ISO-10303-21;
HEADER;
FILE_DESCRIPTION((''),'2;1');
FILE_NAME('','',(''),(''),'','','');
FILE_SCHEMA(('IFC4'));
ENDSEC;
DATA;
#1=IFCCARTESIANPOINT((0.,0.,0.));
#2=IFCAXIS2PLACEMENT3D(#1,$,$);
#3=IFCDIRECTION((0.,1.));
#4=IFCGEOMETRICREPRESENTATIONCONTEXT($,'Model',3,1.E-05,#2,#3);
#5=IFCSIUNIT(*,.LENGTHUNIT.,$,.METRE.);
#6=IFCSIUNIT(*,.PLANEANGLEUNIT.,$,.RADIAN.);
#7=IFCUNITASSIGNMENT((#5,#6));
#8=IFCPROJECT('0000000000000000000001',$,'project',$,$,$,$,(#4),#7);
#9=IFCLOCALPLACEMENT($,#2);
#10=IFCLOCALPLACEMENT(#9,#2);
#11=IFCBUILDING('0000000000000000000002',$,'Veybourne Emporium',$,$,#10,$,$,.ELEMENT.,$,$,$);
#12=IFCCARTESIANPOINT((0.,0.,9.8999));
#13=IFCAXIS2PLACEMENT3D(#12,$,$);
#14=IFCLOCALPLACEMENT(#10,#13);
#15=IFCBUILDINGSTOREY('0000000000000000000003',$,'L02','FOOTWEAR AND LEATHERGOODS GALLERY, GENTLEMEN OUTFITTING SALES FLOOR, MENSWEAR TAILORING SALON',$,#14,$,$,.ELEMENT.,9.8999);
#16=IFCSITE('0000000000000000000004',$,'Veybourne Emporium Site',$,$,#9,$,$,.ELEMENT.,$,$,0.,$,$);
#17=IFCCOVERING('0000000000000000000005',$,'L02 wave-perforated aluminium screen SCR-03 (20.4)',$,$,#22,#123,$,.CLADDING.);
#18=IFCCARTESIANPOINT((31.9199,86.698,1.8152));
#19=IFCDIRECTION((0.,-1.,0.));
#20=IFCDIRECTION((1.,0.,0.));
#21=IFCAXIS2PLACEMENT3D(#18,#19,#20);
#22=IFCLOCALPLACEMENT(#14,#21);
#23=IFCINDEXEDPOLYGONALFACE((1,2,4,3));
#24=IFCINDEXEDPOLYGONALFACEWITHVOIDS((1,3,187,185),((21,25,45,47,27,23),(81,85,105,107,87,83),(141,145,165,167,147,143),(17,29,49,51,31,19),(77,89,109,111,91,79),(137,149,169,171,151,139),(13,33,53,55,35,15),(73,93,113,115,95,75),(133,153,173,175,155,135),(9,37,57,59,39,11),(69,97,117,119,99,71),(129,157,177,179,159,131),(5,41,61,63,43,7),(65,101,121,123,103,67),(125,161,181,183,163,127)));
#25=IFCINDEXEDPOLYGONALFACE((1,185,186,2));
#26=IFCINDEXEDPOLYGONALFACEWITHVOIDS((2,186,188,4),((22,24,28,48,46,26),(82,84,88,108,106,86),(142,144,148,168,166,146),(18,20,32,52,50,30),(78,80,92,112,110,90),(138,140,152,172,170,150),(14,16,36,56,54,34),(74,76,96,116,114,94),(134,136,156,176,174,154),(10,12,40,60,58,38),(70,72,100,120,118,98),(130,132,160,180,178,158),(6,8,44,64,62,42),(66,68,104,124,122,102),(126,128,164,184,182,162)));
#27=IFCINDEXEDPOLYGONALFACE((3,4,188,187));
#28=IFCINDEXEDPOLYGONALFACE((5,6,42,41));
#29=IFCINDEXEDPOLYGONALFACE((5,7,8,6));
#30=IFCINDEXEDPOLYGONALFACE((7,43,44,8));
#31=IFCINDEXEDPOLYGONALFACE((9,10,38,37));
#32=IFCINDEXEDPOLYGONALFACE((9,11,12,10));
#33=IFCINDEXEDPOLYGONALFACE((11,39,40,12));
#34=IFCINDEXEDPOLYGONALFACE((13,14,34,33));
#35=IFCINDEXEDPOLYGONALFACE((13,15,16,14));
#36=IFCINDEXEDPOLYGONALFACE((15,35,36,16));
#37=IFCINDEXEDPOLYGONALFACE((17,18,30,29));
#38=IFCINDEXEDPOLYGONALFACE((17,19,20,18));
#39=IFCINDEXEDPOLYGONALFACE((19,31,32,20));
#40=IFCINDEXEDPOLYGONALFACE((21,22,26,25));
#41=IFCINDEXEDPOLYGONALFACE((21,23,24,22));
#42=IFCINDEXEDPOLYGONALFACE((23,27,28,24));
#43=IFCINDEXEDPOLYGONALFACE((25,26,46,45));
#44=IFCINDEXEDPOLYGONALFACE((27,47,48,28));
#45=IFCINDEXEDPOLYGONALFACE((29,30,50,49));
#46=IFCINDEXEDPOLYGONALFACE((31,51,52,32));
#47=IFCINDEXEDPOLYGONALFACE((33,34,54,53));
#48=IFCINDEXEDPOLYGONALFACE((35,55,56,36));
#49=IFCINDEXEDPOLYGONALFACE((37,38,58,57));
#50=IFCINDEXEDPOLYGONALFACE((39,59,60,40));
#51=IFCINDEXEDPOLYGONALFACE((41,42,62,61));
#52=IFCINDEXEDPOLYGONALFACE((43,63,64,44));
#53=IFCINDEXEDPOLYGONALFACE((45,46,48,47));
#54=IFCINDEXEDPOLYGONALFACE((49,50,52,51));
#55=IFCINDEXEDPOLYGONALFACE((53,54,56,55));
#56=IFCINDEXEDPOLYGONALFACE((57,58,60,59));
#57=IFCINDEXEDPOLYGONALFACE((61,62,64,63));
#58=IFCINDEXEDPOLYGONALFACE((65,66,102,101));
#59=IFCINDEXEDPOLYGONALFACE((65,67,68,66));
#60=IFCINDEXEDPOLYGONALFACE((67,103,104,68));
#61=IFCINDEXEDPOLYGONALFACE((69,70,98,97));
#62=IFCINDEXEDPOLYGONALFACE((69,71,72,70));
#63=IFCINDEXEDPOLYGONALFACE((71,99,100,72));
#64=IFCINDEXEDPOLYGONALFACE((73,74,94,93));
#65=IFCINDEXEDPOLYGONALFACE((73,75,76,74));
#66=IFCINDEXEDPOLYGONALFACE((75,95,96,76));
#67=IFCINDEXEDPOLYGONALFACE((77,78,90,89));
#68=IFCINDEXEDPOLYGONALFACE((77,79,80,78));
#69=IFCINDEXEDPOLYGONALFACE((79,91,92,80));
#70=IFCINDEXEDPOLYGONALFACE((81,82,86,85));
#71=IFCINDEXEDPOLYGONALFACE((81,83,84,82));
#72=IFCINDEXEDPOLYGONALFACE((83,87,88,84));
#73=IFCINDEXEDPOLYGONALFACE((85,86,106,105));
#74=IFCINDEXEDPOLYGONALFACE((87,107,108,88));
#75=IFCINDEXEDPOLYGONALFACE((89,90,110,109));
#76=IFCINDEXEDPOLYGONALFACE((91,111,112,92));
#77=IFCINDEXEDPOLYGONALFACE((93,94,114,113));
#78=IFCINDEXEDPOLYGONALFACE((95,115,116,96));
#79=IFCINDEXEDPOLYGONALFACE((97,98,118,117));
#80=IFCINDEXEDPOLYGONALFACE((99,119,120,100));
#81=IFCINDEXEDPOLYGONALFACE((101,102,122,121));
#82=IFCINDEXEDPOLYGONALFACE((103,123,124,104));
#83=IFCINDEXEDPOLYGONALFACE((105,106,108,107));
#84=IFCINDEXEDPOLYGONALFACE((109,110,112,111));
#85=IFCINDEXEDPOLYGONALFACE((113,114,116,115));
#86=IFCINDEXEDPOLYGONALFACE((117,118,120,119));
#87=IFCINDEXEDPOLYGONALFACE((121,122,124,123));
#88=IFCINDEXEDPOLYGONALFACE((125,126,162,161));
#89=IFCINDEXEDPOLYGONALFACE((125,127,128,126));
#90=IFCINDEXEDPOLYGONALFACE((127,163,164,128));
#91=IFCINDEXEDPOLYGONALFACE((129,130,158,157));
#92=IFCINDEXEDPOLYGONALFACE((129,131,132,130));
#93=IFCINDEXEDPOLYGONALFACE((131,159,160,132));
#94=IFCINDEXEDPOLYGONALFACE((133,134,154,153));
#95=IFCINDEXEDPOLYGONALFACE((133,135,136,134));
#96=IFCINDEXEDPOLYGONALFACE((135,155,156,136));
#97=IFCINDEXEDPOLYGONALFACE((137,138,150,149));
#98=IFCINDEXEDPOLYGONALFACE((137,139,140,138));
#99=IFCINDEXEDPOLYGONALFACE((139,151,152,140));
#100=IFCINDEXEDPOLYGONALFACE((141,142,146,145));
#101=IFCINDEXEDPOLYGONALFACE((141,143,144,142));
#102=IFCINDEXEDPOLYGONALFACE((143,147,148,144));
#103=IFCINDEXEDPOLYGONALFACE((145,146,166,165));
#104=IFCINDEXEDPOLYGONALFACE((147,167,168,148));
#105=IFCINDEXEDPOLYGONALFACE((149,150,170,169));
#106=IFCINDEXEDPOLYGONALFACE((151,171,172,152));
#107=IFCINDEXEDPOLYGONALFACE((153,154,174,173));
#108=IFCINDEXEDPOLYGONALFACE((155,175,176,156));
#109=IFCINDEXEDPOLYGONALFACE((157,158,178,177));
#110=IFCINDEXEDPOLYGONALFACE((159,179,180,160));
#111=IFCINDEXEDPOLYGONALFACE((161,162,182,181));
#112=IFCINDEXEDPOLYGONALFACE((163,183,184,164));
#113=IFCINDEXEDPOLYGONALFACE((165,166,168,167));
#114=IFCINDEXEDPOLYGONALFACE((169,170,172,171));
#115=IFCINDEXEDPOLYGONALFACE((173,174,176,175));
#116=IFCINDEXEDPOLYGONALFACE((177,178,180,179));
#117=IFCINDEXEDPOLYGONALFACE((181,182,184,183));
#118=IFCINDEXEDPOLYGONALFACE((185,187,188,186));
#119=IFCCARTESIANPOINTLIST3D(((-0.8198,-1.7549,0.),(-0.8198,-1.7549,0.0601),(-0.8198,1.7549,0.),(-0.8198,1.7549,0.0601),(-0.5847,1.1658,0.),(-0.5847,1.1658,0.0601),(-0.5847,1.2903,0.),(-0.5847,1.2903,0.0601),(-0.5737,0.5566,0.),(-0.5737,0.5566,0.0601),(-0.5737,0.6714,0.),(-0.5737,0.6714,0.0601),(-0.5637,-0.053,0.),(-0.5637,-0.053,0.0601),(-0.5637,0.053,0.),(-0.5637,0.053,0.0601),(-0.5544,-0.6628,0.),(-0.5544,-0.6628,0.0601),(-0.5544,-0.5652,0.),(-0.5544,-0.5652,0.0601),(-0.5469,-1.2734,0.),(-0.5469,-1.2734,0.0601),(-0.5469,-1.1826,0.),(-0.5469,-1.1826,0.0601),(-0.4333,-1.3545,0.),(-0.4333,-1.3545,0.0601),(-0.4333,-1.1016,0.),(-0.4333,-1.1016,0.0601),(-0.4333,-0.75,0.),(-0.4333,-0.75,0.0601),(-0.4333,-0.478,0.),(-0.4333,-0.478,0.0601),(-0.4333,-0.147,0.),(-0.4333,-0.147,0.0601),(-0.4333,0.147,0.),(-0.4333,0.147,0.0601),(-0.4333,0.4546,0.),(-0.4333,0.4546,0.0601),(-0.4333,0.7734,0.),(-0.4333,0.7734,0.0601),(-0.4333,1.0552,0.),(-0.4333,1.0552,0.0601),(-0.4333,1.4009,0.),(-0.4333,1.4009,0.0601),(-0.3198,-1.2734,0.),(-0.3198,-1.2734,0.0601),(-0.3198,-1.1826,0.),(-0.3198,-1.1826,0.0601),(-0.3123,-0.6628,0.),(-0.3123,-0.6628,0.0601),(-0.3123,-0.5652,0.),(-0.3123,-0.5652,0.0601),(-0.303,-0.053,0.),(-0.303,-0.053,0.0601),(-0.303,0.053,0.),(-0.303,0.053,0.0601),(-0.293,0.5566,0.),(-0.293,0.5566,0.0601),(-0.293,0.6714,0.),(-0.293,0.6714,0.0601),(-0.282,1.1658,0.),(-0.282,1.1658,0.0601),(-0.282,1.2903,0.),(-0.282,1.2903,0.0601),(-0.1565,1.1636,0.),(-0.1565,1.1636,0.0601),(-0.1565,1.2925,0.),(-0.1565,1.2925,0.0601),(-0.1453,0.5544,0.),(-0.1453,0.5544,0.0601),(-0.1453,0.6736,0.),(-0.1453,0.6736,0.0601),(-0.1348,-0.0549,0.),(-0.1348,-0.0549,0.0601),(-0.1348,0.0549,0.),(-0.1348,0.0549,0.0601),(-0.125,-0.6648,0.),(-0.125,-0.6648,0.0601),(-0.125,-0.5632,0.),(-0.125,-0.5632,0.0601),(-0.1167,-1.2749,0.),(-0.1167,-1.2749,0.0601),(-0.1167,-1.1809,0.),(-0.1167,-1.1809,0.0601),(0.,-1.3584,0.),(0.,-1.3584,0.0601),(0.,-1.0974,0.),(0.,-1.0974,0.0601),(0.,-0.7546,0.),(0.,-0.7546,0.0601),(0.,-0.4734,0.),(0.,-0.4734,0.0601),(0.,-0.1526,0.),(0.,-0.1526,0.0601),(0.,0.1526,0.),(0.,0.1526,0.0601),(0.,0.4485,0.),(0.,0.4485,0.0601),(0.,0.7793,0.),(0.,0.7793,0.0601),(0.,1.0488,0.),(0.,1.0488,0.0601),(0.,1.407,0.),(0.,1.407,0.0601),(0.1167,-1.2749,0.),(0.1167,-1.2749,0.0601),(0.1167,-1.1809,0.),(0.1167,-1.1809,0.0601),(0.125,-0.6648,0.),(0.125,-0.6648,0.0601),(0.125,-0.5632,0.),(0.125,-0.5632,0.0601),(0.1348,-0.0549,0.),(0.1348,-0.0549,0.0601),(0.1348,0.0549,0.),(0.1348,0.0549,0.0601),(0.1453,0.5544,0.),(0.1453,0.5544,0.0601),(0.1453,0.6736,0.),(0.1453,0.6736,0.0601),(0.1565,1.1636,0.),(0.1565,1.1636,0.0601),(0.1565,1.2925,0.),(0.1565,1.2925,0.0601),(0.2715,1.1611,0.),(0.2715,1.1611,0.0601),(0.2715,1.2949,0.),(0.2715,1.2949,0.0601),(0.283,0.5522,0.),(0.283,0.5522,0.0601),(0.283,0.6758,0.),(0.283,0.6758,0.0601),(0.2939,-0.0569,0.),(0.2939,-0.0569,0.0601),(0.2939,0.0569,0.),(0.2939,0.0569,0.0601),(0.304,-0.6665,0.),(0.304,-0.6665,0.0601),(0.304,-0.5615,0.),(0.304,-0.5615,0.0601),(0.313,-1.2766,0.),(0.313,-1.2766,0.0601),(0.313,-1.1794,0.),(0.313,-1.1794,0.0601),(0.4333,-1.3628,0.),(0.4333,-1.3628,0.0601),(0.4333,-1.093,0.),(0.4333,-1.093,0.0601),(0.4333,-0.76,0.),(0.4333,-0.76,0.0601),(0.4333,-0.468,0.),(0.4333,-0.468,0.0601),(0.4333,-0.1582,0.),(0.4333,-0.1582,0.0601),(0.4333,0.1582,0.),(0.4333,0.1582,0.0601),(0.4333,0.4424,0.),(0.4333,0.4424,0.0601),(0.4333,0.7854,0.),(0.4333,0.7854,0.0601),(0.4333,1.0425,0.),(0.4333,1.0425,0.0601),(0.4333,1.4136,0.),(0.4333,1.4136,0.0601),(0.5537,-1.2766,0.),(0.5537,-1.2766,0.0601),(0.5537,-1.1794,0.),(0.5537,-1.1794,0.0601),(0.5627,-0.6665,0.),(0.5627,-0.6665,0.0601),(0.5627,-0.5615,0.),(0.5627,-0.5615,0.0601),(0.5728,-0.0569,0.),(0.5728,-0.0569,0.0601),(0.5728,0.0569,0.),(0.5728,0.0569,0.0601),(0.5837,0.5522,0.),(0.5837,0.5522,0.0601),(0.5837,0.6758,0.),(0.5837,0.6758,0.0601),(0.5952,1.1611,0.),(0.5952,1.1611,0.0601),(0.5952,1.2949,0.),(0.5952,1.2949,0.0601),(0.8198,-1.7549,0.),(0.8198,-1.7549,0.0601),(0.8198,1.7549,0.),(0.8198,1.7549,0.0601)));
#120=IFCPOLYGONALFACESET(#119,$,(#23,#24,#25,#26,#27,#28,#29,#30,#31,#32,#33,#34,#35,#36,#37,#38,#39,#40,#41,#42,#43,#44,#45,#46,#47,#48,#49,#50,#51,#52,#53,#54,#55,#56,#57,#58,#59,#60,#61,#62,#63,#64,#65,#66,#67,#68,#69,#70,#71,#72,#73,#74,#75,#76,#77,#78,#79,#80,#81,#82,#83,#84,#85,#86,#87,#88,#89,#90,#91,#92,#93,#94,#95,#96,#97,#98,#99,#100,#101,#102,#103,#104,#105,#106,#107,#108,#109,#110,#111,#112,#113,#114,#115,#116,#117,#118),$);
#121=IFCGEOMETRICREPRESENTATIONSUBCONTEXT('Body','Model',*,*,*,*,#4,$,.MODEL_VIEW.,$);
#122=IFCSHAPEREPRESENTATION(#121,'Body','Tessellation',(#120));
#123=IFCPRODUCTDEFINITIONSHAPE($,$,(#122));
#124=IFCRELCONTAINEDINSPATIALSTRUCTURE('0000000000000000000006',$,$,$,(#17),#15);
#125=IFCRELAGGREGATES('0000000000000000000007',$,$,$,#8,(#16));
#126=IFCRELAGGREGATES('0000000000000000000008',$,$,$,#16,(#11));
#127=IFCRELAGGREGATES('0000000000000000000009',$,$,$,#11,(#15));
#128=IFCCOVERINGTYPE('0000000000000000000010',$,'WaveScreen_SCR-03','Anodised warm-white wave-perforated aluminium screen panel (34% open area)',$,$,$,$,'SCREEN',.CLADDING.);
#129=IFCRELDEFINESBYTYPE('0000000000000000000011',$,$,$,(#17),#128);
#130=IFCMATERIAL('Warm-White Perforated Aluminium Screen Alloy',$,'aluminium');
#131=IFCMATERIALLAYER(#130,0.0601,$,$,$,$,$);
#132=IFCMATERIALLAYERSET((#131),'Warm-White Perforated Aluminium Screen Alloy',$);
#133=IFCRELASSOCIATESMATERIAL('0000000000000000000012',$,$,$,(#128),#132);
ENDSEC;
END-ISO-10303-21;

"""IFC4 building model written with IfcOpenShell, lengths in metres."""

from ifc_helpers import new_model, si_unit, direction, frame, origin, place, context, subcontext, project, spatial, polyline, outline, extrude, material, layer, layer_set, type_object, element, save


model = new_model("IFC4")

# Units and contexts
model_context = context("Model", 3, precision=1e-05, world=origin(), true_north=direction((0.0, 1.0)))
body_context = subcontext(model_context, "Body", "Model", "MODEL_VIEW")
ifc_project = project(units=[si_unit("LENGTHUNIT", "METRE"), si_unit("PLANEANGLEUNIT", "RADIAN")], contexts=[model_context])

# Site, building, storey
site_placement = place(None, origin())
site = spatial("IfcSite", under=ifc_project, at=site_placement, Name="Veybourne Emporium Site", CompositionType="ELEMENT", RefElevation=0.0)
building_placement = place(site_placement, origin())
building = spatial("IfcBuilding", under=site, at=building_placement, Name="Veybourne Emporium", CompositionType="ELEMENT")
storey_placement = place(building_placement, frame((0.0, 0.0, 9.8999)))
storey = spatial("IfcBuildingStorey", under=building, at=storey_placement, Name="L02", Description="FOOTWEAR AND LEATHERGOODS GALLERY, GENTLEMEN OUTFITTING SALES FLOOR, MENSWEAR TAILORING SALON", CompositionType="ELEMENT", Elevation=9.8999)

# Covering
ifc_material_1 = material(Name="Warm-White Perforated Aluminium Screen Alloy", Category="aluminium")
ifc_layer_1 = layer(ifc_material_1, 0.0601)
ifc_layer_set_1 = layer_set([ifc_layer_1], Name="Warm-White Perforated Aluminium Screen Alloy")
covering_type_1 = type_object("IfcCoveringType", Name="WaveScreen_SCR-03", Description="Anodised warm-white wave-perforated aluminium screen panel (34% open area)", ElementType="SCREEN", PredefinedType="CLADDING", material=ifc_layer_set_1)
covering_1_placement = place(storey_placement, frame((31.9199, 86.698, 1.8152), z_axis=(0.0, -1.0, 0.0), x_axis=(1.0, 0.0, 0.0)))
element("IfcCovering", 1, at=covering_1_placement, inside=storey, type_object=covering_type_1, Name="L02 wave-perforated aluminium screen SCR-03 (20.4)", PredefinedType="CLADDING", context=body_context, shape_type="SweptSolid", body=[
    extrude(outline(polyline([(-0.8198, -1.7549), (0.8198, -1.7549), (0.8198, 1.7549), (-0.8198, 1.7549), (-0.8198, -1.7549)]), holes=[polyline([(-0.4333, -1.1016), (-0.3198, -1.1826), (-0.3198, -1.2734), (-0.4333, -1.3545), (-0.5469, -1.2734), (-0.5469, -1.1826), (-0.4333, -1.1016)]), polyline([(-0.4333, -0.478), (-0.3123, -0.5652), (-0.3123, -0.6628), (-0.4333, -0.75), (-0.5544, -0.6628), (-0.5544, -0.5652), (-0.4333, -0.478)]), polyline([(-0.4333, 0.147), (-0.303, 0.053), (-0.303, -0.053), (-0.4333, -0.147), (-0.5637, -0.053), (-0.5637, 0.053), (-0.4333, 0.147)]), polyline([(-0.4333, 0.7734), (-0.293, 0.6714), (-0.293, 0.5566), (-0.4333, 0.4546), (-0.5737, 0.5566), (-0.5737, 0.6714), (-0.4333, 0.7734)]), polyline([(-0.4333, 1.4009), (-0.282, 1.2903), (-0.282, 1.1658), (-0.4333, 1.0552), (-0.5847, 1.1658), (-0.5847, 1.2903), (-0.4333, 1.4009)]), polyline([(0.0, -1.0974), (0.1167, -1.1809), (0.1167, -1.2749), (0.0, -1.3584), (-0.1167, -1.2749), (-0.1167, -1.1809), (0.0, -1.0974)]), polyline([(0.0, -0.4734), (0.125, -0.5632), (0.125, -0.6648), (0.0, -0.7546), (-0.125, -0.6648), (-0.125, -0.5632), (0.0, -0.4734)]), polyline([(0.0, 0.1526), (0.1348, 0.0549), (0.1348, -0.0549), (0.0, -0.1526), (-0.1348, -0.0549), (-0.1348, 0.0549), (0.0, 0.1526)]), polyline([(0.0, 0.7793), (0.1453, 0.6736), (0.1453, 0.5544), (0.0, 0.4485), (-0.1453, 0.5544), (-0.1453, 0.6736), (0.0, 0.7793)]), polyline([(0.0, 1.407), (0.1565, 1.2925), (0.1565, 1.1636), (0.0, 1.0488), (-0.1565, 1.1636), (-0.1565, 1.2925), (0.0, 1.407)]), polyline([(0.4333, -1.093), (0.5537, -1.1794), (0.5537, -1.2766), (0.4333, -1.3628), (0.313, -1.2766), (0.313, -1.1794), (0.4333, -1.093)]), polyline([(0.4333, -0.468), (0.5627, -0.5615), (0.5627, -0.6665), (0.4333, -0.76), (0.304, -0.6665), (0.304, -0.5615), (0.4333, -0.468)]), polyline([(0.4333, 0.1582), (0.5728, 0.0569), (0.5728, -0.0569), (0.4333, -0.1582), (0.2939, -0.0569), (0.2939, 0.0569), (0.4333, 0.1582)]), polyline([(0.4333, 0.7854), (0.5837, 0.6758), (0.5837, 0.5522), (0.4333, 0.4424), (0.283, 0.5522), (0.283, 0.6758), (0.4333, 0.7854)]), polyline([(0.4333, 1.4136), (0.5952, 1.2949), (0.5952, 1.1611), (0.4333, 1.0425), (0.2715, 1.1611), (0.2715, 1.2949), (0.4333, 1.4136)])]), origin(), (0.0, 0.0, 1.0), 0.0601),
])

save(model, "model.ifc")
